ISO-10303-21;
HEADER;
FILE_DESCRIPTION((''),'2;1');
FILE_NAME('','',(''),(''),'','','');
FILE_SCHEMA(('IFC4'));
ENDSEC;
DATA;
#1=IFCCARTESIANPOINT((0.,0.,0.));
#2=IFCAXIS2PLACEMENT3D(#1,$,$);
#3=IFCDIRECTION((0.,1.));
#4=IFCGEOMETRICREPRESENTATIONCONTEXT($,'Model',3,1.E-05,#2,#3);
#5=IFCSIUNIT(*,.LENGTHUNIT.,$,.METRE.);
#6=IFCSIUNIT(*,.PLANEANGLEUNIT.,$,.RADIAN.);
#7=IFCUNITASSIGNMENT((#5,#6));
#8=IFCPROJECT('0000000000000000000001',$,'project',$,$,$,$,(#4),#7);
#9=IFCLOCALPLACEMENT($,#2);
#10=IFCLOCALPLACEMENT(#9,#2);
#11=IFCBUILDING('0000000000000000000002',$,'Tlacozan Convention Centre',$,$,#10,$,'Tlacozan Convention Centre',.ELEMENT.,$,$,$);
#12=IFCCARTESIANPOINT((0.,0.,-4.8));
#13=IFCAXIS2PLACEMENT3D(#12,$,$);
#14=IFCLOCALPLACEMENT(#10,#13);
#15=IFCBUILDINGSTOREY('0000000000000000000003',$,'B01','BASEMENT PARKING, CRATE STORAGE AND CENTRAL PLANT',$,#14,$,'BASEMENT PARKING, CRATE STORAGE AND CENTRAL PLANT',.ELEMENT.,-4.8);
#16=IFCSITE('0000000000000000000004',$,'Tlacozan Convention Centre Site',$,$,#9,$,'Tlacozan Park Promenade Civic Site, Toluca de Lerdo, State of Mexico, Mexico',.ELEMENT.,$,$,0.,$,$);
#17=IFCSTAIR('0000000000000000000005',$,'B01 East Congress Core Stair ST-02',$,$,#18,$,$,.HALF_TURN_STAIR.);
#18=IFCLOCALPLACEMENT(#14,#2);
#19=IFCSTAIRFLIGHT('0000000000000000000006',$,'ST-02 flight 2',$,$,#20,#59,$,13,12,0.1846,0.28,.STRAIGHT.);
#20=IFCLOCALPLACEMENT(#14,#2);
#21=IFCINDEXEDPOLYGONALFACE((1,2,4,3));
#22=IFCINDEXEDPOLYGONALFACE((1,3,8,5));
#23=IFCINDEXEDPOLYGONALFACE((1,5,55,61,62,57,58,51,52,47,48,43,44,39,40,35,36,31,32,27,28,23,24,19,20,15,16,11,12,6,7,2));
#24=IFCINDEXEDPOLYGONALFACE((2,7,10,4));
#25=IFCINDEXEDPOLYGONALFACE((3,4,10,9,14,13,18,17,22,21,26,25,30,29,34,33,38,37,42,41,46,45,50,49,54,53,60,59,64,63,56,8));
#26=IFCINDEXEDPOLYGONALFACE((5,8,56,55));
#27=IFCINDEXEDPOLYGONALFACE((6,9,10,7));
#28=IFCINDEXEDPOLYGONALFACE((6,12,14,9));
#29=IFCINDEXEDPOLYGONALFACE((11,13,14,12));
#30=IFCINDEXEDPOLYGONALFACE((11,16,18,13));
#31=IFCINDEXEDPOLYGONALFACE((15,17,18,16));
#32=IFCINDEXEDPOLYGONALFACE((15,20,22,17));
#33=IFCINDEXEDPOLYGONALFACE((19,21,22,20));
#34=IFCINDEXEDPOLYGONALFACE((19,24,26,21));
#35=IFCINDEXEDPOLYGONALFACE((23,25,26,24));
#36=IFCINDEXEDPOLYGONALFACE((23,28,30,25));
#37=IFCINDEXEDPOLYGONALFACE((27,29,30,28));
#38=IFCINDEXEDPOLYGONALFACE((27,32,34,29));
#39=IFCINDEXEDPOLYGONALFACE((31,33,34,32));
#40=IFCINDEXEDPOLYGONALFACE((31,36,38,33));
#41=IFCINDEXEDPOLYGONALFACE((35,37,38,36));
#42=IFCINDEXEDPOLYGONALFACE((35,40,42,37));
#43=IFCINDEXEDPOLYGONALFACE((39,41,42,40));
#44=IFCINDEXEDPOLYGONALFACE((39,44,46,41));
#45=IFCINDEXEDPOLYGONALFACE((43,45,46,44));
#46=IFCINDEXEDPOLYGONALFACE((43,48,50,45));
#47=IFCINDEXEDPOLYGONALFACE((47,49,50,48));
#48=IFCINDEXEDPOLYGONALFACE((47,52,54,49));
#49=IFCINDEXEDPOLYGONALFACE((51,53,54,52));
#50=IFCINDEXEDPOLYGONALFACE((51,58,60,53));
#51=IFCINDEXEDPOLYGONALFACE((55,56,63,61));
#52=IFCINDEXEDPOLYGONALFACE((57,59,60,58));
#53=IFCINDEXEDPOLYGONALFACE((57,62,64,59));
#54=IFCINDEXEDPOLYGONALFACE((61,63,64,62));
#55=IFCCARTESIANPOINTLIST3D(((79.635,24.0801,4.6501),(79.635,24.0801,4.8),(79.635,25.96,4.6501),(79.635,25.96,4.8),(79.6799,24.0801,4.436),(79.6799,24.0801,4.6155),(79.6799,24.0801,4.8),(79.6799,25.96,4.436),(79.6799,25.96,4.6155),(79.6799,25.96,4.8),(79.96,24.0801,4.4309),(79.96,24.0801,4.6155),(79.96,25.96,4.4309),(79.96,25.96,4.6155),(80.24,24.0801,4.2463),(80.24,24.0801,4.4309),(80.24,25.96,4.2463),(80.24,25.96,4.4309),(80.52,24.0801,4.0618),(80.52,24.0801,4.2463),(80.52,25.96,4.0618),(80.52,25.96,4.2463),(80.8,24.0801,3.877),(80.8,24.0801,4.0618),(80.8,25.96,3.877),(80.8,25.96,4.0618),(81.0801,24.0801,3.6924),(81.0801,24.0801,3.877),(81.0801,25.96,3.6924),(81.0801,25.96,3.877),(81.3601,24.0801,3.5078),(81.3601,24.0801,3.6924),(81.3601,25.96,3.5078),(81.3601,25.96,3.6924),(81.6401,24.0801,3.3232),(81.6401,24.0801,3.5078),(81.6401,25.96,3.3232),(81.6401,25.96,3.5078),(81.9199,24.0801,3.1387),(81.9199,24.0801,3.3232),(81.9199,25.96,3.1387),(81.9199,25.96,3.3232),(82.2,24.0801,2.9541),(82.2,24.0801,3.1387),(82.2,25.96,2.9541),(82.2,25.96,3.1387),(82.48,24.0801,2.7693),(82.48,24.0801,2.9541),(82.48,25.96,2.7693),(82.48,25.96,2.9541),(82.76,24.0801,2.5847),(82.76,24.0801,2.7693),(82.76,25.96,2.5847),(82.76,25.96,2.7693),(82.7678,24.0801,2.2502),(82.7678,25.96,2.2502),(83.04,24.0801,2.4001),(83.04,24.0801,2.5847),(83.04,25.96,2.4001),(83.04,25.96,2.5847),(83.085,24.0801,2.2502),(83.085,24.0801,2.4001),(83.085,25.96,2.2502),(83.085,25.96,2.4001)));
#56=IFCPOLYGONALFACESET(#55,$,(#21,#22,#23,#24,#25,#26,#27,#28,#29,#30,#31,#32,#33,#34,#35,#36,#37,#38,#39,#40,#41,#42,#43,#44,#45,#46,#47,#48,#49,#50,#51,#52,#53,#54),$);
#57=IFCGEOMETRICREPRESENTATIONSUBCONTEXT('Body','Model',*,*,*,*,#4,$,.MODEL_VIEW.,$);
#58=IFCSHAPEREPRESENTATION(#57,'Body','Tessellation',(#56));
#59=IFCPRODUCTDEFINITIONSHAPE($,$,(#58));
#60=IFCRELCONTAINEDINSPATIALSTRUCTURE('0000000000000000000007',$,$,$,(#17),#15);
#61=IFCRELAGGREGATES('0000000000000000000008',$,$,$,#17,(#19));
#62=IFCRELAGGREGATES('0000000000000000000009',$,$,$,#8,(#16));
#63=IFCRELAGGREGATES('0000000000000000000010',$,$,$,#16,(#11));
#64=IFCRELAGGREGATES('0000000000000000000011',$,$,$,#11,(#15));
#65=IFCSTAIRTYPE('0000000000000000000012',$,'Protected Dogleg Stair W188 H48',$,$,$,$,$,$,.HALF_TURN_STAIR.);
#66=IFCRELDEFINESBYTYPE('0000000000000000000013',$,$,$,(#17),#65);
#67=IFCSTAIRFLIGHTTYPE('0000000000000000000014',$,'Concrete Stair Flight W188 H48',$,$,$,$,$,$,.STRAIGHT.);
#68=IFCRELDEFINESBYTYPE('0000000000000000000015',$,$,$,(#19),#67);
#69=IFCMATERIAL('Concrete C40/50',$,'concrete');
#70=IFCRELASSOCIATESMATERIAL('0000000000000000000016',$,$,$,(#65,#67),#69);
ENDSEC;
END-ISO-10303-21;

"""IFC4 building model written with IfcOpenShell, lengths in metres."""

from ifc_helpers import new_model, si_unit, direction, frame, origin, place, context, subcontext, project, spatial, polyline, outline, extrude, material, type_object, element, aggregate, save


model = new_model("IFC4")

# Units and contexts
model_context = context("Model", 3, precision=1e-05, world=origin(), true_north=direction((0.0, 1.0)))
body_context = subcontext(model_context, "Body", "Model", "MODEL_VIEW")
ifc_project = project(units=[si_unit("LENGTHUNIT", "METRE"), si_unit("PLANEANGLEUNIT", "RADIAN")], contexts=[model_context])

# Site, building, storey
site_placement = place(None, origin())
site = spatial("IfcSite", under=ifc_project, at=site_placement, Name="Tlacozan Convention Centre Site", LongName="Tlacozan Park Promenade Civic Site, Toluca de Lerdo, State of Mexico, Mexico", CompositionType="ELEMENT", RefElevation=0.0)
building_placement = place(site_placement, origin())
building = spatial("IfcBuilding", under=site, at=building_placement, Name="Tlacozan Convention Centre", LongName="Tlacozan Convention Centre", CompositionType="ELEMENT")
storey_placement = place(building_placement, frame((0.0, 0.0, -4.8)))
storey = spatial("IfcBuildingStorey", under=building, at=storey_placement, Name="B01", Description="BASEMENT PARKING, CRATE STORAGE AND CENTRAL PLANT", LongName="BASEMENT PARKING, CRATE STORAGE AND CENTRAL PLANT", CompositionType="ELEMENT", Elevation=-4.8)

# Shared definitions
ifc_material_1 = material(Name="Concrete C40/50", Category="concrete")

# Stair, stair flight
stair_type = type_object("IfcStairType", Name="Protected Dogleg Stair W188 H48", PredefinedType="HALF_TURN_STAIR", material=ifc_material_1)
stair_placement = place(storey_placement, origin())
stair = element("IfcStair", 1, at=stair_placement, inside=storey, type_object=stair_type, Name="B01 East Congress Core Stair ST-02", PredefinedType="HALF_TURN_STAIR")
stair_flight_type = type_object("IfcStairFlightType", Name="Concrete Stair Flight W188 H48", PredefinedType="STRAIGHT", material=ifc_material_1)
stair_flight_1_placement = place(storey_placement, frame((83.04, 25.02, 2.4001), z_axis=(0.0, 0.0, 1.0), x_axis=(-1.0, 0.0, 0.0)))
stair_flight_1 = element("IfcStairFlight", 2, at=stair_flight_1_placement, type_object=stair_flight_type, Name="ST-02 flight 2", NumberOfRisers=13, NumberOfTreads=12, PredefinedType="STRAIGHT", RiserHeight=0.1846, TreadLength=0.28, context=body_context, shape_type="SweptSolid", body=[
    extrude(outline(polyline([(-0.0449, -0.1499), (-0.0449, 0.0), (0.0, 0.0), (0.0, 0.1846), (0.28, 0.1846), (0.28, 0.3691), (0.5601, 0.3691), (0.5601, 0.554), (0.8401, 0.554), (0.8401, 0.7385), (1.1201, 0.7385), (1.1201, 0.9231), (1.3999, 0.9231), (1.3999, 1.1077), (1.6799, 1.1077), (1.6799, 1.2922), (1.96, 1.2922), (1.96, 1.4768), (2.24, 1.4768), (2.24, 1.6616), (2.52, 1.6616), (2.52, 1.8462), (2.8, 1.8462), (2.8, 2.0308), (3.0801, 2.0308), (3.0801, 2.2153), (3.3601, 2.2153), (3.3601, 2.3999), (3.405, 2.3999), (3.405, 2.25), (3.3601, 2.0359), (0.2722, -0.1499), (-0.0449, -0.1499)])), frame((0.0, 0.9399, 0.0), z_axis=(0.0, -1.0, 0.0), x_axis=(1.0, 0.0, 0.0)), (0.0, 0.0, 1.0), 1.8799),
])
aggregate(stair, [stair_flight_1])

save(model, "model.ifc")
